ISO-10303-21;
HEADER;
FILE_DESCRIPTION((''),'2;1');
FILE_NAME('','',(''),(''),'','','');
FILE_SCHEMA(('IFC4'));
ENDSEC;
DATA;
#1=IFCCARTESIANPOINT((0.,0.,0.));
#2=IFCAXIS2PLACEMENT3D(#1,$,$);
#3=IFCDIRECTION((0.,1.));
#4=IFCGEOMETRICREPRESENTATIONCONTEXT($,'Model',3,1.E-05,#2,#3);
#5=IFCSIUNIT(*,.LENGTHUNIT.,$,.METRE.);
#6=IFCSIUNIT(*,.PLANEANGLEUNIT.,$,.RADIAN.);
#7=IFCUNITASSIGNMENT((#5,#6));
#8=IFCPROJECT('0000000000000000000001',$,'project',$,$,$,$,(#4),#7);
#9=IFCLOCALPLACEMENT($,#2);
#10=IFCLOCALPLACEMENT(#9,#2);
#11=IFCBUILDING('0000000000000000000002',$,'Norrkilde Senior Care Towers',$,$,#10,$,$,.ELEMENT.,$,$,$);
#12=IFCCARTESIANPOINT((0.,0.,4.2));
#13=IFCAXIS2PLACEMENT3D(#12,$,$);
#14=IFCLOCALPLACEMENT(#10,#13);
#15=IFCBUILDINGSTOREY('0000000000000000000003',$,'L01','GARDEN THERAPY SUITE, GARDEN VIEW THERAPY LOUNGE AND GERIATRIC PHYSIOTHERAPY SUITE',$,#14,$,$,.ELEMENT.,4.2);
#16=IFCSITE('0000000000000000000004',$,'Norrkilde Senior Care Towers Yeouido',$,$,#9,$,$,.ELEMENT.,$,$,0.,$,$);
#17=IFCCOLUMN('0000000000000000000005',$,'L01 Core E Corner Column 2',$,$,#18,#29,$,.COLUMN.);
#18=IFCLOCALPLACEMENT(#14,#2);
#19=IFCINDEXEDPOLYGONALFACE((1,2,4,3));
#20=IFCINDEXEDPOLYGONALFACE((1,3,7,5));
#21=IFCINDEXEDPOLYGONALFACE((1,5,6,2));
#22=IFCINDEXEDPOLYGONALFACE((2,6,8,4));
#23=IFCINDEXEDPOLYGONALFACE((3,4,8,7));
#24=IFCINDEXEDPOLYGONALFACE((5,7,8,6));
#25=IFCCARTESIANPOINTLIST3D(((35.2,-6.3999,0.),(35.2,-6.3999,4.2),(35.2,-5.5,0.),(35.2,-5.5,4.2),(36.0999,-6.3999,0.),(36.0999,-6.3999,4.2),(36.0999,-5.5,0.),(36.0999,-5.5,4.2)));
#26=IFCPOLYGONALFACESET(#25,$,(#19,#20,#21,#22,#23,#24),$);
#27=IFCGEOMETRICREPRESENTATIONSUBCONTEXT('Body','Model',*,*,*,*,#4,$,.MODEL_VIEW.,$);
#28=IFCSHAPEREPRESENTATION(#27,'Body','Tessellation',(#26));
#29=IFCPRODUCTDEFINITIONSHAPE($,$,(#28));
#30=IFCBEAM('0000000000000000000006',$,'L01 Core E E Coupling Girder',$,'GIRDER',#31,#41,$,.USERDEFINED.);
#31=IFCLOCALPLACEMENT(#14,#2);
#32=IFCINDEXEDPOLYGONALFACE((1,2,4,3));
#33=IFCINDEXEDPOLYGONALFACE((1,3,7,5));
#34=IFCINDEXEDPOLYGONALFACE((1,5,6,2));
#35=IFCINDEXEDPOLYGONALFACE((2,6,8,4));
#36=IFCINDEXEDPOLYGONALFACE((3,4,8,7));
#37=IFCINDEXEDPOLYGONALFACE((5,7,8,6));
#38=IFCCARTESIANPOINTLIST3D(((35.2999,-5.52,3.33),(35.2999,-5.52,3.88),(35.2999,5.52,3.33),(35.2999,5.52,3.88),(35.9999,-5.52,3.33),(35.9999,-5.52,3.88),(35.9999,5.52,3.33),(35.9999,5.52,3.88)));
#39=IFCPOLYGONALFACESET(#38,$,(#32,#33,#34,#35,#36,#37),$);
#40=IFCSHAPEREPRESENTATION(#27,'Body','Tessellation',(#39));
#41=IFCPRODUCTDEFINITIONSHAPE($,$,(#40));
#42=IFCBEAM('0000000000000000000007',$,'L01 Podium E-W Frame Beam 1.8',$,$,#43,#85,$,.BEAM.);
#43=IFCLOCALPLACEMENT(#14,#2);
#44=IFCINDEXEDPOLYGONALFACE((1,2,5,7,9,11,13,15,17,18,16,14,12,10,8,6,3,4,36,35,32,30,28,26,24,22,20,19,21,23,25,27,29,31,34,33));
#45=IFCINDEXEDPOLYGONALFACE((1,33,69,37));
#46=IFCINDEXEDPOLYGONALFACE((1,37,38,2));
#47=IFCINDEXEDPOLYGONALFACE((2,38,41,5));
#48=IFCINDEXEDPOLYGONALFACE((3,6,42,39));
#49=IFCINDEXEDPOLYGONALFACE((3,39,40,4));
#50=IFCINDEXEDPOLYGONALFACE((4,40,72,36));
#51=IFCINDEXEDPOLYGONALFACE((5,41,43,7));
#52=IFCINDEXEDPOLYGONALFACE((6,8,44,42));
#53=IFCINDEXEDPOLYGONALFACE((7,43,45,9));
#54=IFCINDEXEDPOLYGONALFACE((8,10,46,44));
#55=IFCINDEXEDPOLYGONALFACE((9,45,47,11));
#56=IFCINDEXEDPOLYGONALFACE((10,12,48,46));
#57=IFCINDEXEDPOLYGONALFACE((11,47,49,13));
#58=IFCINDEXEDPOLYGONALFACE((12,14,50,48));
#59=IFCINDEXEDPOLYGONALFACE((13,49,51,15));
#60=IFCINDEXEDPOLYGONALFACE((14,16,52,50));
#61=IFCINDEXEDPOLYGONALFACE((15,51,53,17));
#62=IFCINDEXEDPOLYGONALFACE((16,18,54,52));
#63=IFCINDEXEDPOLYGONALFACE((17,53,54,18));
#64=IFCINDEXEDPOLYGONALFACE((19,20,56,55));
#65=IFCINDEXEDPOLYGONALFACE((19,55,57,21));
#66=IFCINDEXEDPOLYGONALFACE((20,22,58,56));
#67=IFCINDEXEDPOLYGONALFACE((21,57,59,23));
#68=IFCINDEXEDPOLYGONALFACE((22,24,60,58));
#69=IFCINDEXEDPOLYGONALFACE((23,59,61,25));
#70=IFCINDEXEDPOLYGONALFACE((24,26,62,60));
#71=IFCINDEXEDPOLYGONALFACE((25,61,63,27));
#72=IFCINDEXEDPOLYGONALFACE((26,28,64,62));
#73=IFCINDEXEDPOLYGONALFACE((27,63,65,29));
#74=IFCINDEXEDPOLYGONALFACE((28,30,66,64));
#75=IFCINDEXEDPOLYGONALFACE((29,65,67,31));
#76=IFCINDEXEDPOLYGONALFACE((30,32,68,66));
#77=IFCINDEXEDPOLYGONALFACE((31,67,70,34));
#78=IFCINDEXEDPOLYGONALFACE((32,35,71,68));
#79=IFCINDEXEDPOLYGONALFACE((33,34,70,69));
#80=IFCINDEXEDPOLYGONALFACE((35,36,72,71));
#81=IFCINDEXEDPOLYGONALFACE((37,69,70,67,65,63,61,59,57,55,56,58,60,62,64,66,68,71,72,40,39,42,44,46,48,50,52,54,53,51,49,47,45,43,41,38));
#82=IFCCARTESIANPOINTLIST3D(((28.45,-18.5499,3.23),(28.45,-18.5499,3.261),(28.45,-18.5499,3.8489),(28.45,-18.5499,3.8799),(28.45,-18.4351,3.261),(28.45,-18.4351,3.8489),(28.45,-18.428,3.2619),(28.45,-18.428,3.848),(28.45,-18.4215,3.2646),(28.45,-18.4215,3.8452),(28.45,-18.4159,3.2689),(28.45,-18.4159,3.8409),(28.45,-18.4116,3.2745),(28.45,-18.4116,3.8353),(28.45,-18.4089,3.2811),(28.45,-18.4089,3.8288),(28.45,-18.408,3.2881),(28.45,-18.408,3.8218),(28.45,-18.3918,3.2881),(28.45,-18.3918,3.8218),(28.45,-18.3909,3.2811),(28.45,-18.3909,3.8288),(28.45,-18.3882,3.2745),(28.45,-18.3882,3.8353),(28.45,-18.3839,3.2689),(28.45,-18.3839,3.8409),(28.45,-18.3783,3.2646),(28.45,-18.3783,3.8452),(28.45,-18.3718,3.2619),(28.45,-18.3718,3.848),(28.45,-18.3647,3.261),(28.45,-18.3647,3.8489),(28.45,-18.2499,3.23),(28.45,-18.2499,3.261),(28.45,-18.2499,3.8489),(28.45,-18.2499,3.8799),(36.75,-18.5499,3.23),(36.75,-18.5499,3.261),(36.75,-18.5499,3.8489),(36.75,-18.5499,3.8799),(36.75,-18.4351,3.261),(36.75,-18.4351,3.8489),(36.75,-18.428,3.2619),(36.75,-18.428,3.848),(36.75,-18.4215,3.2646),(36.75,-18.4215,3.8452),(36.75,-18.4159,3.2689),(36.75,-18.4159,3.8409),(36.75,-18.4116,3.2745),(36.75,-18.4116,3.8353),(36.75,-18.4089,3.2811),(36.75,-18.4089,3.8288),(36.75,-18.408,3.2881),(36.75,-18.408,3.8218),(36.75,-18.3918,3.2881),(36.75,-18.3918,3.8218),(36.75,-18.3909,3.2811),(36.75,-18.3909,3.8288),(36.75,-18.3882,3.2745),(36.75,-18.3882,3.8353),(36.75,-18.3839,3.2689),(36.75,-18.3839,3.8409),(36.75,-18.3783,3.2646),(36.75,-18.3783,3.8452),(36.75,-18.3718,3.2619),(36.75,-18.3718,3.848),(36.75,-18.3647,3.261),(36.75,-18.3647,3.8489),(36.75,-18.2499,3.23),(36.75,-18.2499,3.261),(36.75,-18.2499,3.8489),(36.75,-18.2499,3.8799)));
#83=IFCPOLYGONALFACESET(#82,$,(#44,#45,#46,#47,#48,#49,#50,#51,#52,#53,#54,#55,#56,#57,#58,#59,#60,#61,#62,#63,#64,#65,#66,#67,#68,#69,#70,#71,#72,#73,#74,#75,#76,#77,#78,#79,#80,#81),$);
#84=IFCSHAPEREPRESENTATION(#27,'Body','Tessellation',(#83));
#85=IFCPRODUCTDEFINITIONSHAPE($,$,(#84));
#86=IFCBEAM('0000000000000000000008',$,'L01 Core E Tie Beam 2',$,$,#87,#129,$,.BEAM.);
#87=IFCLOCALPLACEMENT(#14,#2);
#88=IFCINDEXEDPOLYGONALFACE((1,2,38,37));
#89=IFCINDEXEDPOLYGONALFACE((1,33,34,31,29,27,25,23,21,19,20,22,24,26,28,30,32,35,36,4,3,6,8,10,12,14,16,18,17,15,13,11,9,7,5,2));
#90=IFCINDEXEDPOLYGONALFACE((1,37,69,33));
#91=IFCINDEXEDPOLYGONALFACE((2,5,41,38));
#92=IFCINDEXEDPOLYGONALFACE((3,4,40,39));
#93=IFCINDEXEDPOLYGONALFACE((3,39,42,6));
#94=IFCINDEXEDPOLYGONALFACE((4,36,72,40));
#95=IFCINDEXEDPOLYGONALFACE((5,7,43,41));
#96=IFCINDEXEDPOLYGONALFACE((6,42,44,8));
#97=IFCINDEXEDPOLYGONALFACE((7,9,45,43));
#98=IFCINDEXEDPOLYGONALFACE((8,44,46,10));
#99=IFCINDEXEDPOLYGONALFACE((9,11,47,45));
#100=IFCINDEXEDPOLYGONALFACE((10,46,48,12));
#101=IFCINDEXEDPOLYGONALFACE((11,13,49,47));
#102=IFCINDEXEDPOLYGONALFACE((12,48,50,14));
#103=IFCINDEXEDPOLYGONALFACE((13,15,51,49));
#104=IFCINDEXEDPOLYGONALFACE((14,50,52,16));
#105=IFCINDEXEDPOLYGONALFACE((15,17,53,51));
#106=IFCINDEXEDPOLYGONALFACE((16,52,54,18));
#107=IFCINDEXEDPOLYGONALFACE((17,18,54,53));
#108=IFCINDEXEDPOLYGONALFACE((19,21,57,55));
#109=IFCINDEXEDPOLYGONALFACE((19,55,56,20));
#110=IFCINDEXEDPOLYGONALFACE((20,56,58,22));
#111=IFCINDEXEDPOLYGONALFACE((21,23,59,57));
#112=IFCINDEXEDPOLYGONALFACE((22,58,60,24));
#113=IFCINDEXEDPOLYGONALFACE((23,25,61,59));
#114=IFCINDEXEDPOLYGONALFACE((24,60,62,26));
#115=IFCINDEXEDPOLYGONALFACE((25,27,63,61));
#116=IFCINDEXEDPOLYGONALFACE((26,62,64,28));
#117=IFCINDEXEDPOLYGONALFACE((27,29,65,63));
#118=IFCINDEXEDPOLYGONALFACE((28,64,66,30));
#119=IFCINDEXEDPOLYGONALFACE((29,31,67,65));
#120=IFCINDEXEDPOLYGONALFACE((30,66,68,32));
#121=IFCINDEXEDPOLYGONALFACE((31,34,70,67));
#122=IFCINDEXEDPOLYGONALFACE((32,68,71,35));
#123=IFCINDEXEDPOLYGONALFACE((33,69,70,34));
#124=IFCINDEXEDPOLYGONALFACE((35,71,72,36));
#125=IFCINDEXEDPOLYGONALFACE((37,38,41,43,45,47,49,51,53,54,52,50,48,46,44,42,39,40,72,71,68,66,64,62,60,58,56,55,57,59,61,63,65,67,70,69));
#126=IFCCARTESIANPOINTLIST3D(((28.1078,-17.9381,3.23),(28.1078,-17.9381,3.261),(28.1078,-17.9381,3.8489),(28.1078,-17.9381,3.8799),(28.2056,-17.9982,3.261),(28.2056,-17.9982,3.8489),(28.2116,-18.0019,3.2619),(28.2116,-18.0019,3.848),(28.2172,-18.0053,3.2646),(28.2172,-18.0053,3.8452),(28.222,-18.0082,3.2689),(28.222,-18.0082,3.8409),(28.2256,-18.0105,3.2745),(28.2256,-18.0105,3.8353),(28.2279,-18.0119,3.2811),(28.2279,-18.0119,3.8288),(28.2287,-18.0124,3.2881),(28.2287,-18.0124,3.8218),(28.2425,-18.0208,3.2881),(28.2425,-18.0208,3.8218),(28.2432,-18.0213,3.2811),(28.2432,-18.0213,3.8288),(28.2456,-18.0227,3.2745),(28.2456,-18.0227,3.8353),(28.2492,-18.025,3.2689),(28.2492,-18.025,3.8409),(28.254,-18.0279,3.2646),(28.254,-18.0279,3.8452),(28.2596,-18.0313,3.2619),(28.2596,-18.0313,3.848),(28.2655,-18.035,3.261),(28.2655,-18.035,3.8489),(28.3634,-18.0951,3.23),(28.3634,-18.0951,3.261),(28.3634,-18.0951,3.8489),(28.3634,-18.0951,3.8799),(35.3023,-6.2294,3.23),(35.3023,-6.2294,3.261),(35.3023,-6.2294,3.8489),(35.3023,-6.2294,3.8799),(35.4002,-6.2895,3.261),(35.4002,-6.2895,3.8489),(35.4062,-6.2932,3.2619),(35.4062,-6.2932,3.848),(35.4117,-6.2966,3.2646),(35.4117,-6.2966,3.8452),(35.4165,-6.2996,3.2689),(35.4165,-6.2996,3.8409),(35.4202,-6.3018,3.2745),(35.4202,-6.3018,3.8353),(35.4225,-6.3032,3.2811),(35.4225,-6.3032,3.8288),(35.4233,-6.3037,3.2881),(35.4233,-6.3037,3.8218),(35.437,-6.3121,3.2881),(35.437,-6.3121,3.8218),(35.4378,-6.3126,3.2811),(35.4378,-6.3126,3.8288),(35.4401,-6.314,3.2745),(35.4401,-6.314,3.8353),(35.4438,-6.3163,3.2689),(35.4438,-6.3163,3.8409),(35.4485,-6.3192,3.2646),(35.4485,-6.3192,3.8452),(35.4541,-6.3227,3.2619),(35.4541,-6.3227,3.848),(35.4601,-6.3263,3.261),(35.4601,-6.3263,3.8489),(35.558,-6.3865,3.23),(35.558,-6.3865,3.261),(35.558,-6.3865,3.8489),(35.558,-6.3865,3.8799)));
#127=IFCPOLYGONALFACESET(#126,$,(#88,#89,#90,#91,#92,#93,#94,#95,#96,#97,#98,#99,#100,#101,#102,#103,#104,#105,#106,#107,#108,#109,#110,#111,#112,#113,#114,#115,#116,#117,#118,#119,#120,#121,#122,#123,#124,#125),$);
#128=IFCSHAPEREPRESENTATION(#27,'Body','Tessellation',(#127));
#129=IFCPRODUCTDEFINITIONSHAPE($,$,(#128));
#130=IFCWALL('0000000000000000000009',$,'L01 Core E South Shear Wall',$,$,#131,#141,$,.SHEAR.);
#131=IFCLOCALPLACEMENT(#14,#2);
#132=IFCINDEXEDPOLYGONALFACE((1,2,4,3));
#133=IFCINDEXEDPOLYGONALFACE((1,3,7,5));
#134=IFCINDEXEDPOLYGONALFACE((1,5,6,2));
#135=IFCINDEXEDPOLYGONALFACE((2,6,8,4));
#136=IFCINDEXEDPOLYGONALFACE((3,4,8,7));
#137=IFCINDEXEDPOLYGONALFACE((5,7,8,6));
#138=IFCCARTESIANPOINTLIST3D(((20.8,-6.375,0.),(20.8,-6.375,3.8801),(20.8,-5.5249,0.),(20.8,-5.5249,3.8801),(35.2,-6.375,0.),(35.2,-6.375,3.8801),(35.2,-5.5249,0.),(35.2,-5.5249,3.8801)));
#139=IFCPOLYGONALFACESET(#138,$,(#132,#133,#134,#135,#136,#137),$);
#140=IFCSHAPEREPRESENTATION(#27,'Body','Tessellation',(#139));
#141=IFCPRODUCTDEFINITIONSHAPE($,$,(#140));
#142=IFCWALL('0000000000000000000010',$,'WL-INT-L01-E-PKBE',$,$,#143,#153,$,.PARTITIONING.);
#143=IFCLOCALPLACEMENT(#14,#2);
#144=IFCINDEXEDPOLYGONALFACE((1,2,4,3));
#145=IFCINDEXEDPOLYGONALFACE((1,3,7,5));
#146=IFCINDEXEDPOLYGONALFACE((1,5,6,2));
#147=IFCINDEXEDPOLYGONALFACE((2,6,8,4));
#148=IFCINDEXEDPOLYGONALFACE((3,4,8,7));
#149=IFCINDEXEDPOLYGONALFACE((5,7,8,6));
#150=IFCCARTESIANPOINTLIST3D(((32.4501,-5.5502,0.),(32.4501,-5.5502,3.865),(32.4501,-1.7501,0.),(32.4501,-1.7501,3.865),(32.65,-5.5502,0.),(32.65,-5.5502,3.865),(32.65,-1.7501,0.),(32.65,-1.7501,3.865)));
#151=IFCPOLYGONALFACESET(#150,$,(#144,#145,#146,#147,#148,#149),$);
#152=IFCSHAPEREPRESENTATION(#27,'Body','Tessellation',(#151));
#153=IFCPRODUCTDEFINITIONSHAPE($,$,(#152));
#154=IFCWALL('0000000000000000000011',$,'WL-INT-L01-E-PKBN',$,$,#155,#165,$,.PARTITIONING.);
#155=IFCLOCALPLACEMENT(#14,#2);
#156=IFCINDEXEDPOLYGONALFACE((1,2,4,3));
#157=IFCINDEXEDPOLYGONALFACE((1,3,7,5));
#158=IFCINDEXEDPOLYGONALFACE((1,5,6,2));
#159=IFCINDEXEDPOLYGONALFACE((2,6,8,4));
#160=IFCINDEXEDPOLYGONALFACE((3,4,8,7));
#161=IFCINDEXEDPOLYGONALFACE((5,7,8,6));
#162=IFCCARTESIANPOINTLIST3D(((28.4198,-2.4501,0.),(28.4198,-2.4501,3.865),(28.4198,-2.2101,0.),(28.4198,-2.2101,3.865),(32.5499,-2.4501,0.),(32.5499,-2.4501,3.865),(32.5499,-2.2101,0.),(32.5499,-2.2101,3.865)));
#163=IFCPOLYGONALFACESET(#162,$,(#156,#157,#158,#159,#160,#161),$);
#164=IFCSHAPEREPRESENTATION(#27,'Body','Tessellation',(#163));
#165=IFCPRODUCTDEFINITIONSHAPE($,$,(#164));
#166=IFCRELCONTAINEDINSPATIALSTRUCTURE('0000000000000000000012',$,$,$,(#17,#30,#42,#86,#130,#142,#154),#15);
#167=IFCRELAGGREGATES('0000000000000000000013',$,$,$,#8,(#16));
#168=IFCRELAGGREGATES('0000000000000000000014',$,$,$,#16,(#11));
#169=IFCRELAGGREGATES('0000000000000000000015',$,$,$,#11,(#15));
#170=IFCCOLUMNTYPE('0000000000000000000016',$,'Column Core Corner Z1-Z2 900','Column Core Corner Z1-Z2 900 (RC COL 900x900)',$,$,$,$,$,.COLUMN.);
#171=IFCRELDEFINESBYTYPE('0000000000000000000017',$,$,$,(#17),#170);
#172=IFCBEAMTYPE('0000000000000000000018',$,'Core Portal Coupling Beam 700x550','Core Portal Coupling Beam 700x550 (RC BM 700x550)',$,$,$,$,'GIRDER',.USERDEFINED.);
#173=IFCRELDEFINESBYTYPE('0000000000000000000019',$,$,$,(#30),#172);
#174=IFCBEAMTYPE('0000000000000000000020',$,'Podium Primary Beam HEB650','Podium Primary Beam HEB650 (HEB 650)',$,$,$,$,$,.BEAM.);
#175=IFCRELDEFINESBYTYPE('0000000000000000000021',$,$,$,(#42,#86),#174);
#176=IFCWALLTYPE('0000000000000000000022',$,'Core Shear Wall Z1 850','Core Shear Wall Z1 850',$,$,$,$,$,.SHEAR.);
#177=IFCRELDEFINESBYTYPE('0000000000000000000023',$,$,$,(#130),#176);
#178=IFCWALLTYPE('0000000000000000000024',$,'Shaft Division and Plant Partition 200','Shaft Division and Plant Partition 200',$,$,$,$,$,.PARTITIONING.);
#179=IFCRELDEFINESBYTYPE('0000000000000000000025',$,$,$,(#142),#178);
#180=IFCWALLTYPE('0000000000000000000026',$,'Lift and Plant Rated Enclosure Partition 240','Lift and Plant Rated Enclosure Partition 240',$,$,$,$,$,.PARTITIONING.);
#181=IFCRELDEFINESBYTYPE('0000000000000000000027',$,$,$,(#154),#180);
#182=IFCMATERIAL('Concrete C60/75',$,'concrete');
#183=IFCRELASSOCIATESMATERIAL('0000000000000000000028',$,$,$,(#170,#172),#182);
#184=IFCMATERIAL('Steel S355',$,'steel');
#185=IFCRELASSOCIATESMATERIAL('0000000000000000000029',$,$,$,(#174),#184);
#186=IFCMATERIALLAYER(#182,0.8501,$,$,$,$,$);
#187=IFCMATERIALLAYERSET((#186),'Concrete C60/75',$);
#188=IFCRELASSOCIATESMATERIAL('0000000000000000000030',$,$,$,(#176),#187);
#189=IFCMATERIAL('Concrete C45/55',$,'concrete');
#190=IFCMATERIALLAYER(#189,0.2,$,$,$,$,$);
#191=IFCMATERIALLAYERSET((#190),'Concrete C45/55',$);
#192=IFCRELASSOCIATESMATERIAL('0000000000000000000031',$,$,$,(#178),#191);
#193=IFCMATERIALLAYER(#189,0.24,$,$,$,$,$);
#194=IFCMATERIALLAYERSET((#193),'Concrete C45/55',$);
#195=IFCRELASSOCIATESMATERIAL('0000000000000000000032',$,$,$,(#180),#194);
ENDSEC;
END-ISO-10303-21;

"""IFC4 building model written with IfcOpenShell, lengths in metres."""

from ifc_helpers import new_model, si_unit, direction, frame, frame_2d, origin, origin_2d, place, context, subcontext, project, spatial, rectangle, i_section, extrude, source, transform, mapped, material, layer, layer_set, material_profile, profile_set, type_object, type_shapes, element, save


model = new_model("IFC4")

# Units and contexts
model_context = context("Model", 3, precision=1e-05, world=origin(), true_north=direction((0.0, 1.0)))
body_context = subcontext(model_context, "Body", "Model", "MODEL_VIEW")
ifc_project = project(units=[si_unit("LENGTHUNIT", "METRE"), si_unit("PLANEANGLEUNIT", "RADIAN")], contexts=[model_context])

# Site, building, storey
site_placement = place(None, origin())
site = spatial("IfcSite", under=ifc_project, at=site_placement, Name="Norrkilde Senior Care Towers Yeouido", CompositionType="ELEMENT", RefElevation=0.0)
building_placement = place(site_placement, origin())
building = spatial("IfcBuilding", under=site, at=building_placement, Name="Norrkilde Senior Care Towers", CompositionType="ELEMENT")
storey_placement = place(building_placement, frame((0.0, 0.0, 4.2)))
storey = spatial("IfcBuildingStorey", under=building, at=storey_placement, Name="L01", Description="GARDEN THERAPY SUITE, GARDEN VIEW THERAPY LOUNGE AND GERIATRIC PHYSIOTHERAPY SUITE", CompositionType="ELEMENT", Elevation=4.2)

# Column
ifc_material_1 = material(Name="Concrete C60/75", Category="concrete")
ifc_material_profile_1 = material_profile(ifc_material_1, rectangle(XDim=0.8999, YDim=0.8999, at=origin_2d()), Name="RC COL 900x900")
ifc_profile_set_1 = profile_set([ifc_material_profile_1], Name="Concrete C60/75")
column_type = type_object("IfcColumnType", Name="Column Core Corner Z1-Z2 900", Description="Column Core Corner Z1-Z2 900 (RC COL 900x900)", PredefinedType="COLUMN", material=ifc_profile_set_1)
shared_shape_1 = source(origin(), body_context, "Body", "SweptSolid", [
    extrude(rectangle(XDim=0.8999, YDim=0.8999, at=origin_2d()), origin(), (0.0, 0.0, 1.0), 4.2),
])
type_shapes(column_type, [shared_shape_1])
column_placement = place(storey_placement, frame((35.6499, -5.95, 0.0), z_axis=(0.0, 0.0, 1.0), x_axis=(1.0, 0.0, 0.0)))
element("IfcColumn", 1, at=column_placement, inside=storey, type_object=column_type, Name="L01 Core E Corner Column 2", PredefinedType="COLUMN", context=body_context, shape_type="MappedRepresentation", body=[
    mapped(shared_shape_1, transform((0.0, 0.0, 0.0), x_axis=(1.0, 0.0, 0.0), y_axis=(0.0, 1.0, 0.0), z_axis=(0.0, 0.0, 1.0), scale=1.0)),
])

# Beams
ifc_material_profile_2 = material_profile(ifc_material_1, rectangle(XDim=0.7, YDim=0.55, at=origin_2d()), Name="RC BM 700x550")
ifc_profile_set_2 = profile_set([ifc_material_profile_2], Name="Concrete C60/75")
beam_type_1 = type_object("IfcBeamType", Name="Core Portal Coupling Beam 700x550", Description="Core Portal Coupling Beam 700x550 (RC BM 700x550)", ElementType="GIRDER", PredefinedType="USERDEFINED", material=ifc_profile_set_2)
shared_shape_2 = source(origin(), body_context, "Body", "SweptSolid", [
    extrude(rectangle(XDim=0.7, YDim=0.55, at=origin_2d()), origin(), (0.0, 0.0, 1.0), 11.04),
])
type_shapes(beam_type_1, [shared_shape_2])
beam_1_placement = place(storey_placement, frame((35.6499, -5.52, 3.605), z_axis=(0.0, 1.0, 0.0), x_axis=(-1.0, 0.0, 0.0)))
element("IfcBeam", 2, at=beam_1_placement, inside=storey, type_object=beam_type_1, Name="L01 Core E E Coupling Girder", ObjectType="GIRDER", PredefinedType="USERDEFINED", context=body_context, shape_type="MappedRepresentation", body=[
    mapped(shared_shape_2, transform((0.0, 0.0, 0.0), x_axis=(1.0, 0.0, 0.0), y_axis=(0.0, 1.0, 0.0), z_axis=(0.0, 0.0, 1.0), scale=1.0)),
])
ifc_material_2 = material(Name="Steel S355", Category="steel")
ifc_material_profile_3 = material_profile(ifc_material_2, i_section(OverallWidth=0.3, OverallDepth=0.6499, WebThickness=0.0161, FlangeThickness=0.031, FilletRadius=0.0271, at=origin_2d()), Name="HEB 650")
ifc_profile_set_3 = profile_set([ifc_material_profile_3], Name="Steel S355")
beam_type_2 = type_object("IfcBeamType", Name="Podium Primary Beam HEB650", Description="Podium Primary Beam HEB650 (HEB 650)", PredefinedType="BEAM", material=ifc_profile_set_3)
shared_shape_3 = source(origin(), body_context, "Body", "SweptSolid", [
    extrude(i_section(OverallWidth=0.3, OverallDepth=0.6499, WebThickness=0.0161, FlangeThickness=0.031, FilletRadius=0.0271, at=origin_2d()), origin(), (0.0, 0.0, 1.0), 8.3),
])
beam_2_placement = place(storey_placement, frame((28.45, -18.3999, 3.5549), z_axis=(1.0, 0.0, 0.0), x_axis=(0.0, 1.0, 0.0)))
element("IfcBeam", 3, at=beam_2_placement, inside=storey, type_object=beam_type_2, Name="L01 Podium E-W Frame Beam 1.8", PredefinedType="BEAM", context=body_context, shape_type="MappedRepresentation", body=[
    mapped(shared_shape_3, transform((0.0, 0.0, 0.0), x_axis=(1.0, 0.0, 0.0), y_axis=(0.0, 1.0, 0.0), z_axis=(0.0, 0.0, 1.0), scale=1.0)),
])
shared_shape_4 = source(origin(), body_context, "Body", "SweptSolid", [
    extrude(i_section(OverallWidth=0.3, OverallDepth=0.6499, WebThickness=0.0161, FlangeThickness=0.031, FilletRadius=0.0271, at=origin_2d()), origin(), (0.0, 0.0, 1.0), 13.7424),
])
type_shapes(beam_type_2, [shared_shape_3, shared_shape_4])
beam_3_placement = place(storey_placement, frame((28.2356, -18.0166, 3.5549), z_axis=(0.523527, 0.852009, 0.0), x_axis=(-0.852009, 0.523527, 0.0)))
element("IfcBeam", 4, at=beam_3_placement, inside=storey, type_object=beam_type_2, Name="L01 Core E Tie Beam 2", PredefinedType="BEAM", context=body_context, shape_type="MappedRepresentation", body=[
    mapped(shared_shape_4, transform((0.0, 0.0, 0.0), x_axis=(1.0, 0.0, 0.0), y_axis=(0.0, 1.0, 0.0), z_axis=(0.0, 0.0, 1.0), scale=1.0)),
])

# Walls
ifc_layer_1 = layer(ifc_material_1, 0.8501)
ifc_layer_set_1 = layer_set([ifc_layer_1], Name="Concrete C60/75")
wall_type_1 = type_object("IfcWallType", Name="Core Shear Wall Z1 850", Description="Core Shear Wall Z1 850", PredefinedType="SHEAR", material=ifc_layer_set_1)
shared_shape_5 = source(origin(), body_context, "Body", "SweptSolid", [
    extrude(rectangle(XDim=14.3999, YDim=0.8501, at=frame_2d((7.2, 0.0))), origin(), (0.0, 0.0, 1.0), 3.8801),
])
type_shapes(wall_type_1, [shared_shape_5])
wall_1_placement = place(storey_placement, frame((35.2, -5.95, 0.0), z_axis=(0.0, 0.0, 1.0), x_axis=(-1.0, 0.0, 0.0)))
element("IfcWall", 5, at=wall_1_placement, inside=storey, type_object=wall_type_1, Name="L01 Core E South Shear Wall", PredefinedType="SHEAR", context=body_context, shape_type="MappedRepresentation", body=[
    mapped(shared_shape_5, transform((0.0, 0.0, 0.0), x_axis=(1.0, 0.0, 0.0), y_axis=(0.0, 1.0, 0.0), z_axis=(0.0, 0.0, 1.0), scale=1.0)),
])
ifc_material_3 = material(Name="Concrete C45/55", Category="concrete")
ifc_layer_2 = layer(ifc_material_3, 0.2)
ifc_layer_set_2 = layer_set([ifc_layer_2], Name="Concrete C45/55")
wall_type_2 = type_object("IfcWallType", Name="Shaft Division and Plant Partition 200", Description="Shaft Division and Plant Partition 200", PredefinedType="PARTITIONING", material=ifc_layer_set_2)
shared_shape_6 = source(origin(), body_context, "Body", "SweptSolid", [
    extrude(rectangle(XDim=3.8, YDim=0.2, at=frame_2d((1.8999, 0.0))), origin(), (0.0, 0.0, 1.0), 3.865),
])
type_shapes(wall_type_2, [shared_shape_6])
wall_2_placement = place(storey_placement, frame((32.55, -5.55, 0.0), z_axis=(0.0, 0.0, 1.0), x_axis=(0.0, 1.0, 0.0)))
element("IfcWall", 6, at=wall_2_placement, inside=storey, type_object=wall_type_2, Name="WL-INT-L01-E-PKBE", PredefinedType="PARTITIONING", context=body_context, shape_type="MappedRepresentation", body=[
    mapped(shared_shape_6, transform((0.0, 0.0, 0.0), x_axis=(1.0, 0.0, 0.0), y_axis=(0.0, 1.0, 0.0), z_axis=(0.0, 0.0, 1.0), scale=1.0)),
])
ifc_layer_3 = layer(ifc_material_3, 0.24)
ifc_layer_set_3 = layer_set([ifc_layer_3], Name="Concrete C45/55")
wall_type_3 = type_object("IfcWallType", Name="Lift and Plant Rated Enclosure Partition 240", Description="Lift and Plant Rated Enclosure Partition 240", PredefinedType="PARTITIONING", material=ifc_layer_set_3)
shared_shape_7 = source(origin(), body_context, "Body", "SweptSolid", [
    extrude(rectangle(XDim=4.1301, YDim=0.24, at=frame_2d((2.0649, 0.0))), origin(), (0.0, 0.0, 1.0), 3.865),
])
type_shapes(wall_type_3, [shared_shape_7])
wall_3_placement = place(storey_placement, frame((28.4199, -2.3301, 0.0), z_axis=(0.0, 0.0, 1.0), x_axis=(1.0, 0.0, 0.0)))
element("IfcWall", 7, at=wall_3_placement, inside=storey, type_object=wall_type_3, Name="WL-INT-L01-E-PKBN", PredefinedType="PARTITIONING", context=body_context, shape_type="MappedRepresentation", body=[
    mapped(shared_shape_7, transform((0.0, 0.0, 0.0), x_axis=(1.0, 0.0, 0.0), y_axis=(0.0, 1.0, 0.0), z_axis=(0.0, 0.0, 1.0), scale=1.0)),
])

save(model, "model.ifc")
